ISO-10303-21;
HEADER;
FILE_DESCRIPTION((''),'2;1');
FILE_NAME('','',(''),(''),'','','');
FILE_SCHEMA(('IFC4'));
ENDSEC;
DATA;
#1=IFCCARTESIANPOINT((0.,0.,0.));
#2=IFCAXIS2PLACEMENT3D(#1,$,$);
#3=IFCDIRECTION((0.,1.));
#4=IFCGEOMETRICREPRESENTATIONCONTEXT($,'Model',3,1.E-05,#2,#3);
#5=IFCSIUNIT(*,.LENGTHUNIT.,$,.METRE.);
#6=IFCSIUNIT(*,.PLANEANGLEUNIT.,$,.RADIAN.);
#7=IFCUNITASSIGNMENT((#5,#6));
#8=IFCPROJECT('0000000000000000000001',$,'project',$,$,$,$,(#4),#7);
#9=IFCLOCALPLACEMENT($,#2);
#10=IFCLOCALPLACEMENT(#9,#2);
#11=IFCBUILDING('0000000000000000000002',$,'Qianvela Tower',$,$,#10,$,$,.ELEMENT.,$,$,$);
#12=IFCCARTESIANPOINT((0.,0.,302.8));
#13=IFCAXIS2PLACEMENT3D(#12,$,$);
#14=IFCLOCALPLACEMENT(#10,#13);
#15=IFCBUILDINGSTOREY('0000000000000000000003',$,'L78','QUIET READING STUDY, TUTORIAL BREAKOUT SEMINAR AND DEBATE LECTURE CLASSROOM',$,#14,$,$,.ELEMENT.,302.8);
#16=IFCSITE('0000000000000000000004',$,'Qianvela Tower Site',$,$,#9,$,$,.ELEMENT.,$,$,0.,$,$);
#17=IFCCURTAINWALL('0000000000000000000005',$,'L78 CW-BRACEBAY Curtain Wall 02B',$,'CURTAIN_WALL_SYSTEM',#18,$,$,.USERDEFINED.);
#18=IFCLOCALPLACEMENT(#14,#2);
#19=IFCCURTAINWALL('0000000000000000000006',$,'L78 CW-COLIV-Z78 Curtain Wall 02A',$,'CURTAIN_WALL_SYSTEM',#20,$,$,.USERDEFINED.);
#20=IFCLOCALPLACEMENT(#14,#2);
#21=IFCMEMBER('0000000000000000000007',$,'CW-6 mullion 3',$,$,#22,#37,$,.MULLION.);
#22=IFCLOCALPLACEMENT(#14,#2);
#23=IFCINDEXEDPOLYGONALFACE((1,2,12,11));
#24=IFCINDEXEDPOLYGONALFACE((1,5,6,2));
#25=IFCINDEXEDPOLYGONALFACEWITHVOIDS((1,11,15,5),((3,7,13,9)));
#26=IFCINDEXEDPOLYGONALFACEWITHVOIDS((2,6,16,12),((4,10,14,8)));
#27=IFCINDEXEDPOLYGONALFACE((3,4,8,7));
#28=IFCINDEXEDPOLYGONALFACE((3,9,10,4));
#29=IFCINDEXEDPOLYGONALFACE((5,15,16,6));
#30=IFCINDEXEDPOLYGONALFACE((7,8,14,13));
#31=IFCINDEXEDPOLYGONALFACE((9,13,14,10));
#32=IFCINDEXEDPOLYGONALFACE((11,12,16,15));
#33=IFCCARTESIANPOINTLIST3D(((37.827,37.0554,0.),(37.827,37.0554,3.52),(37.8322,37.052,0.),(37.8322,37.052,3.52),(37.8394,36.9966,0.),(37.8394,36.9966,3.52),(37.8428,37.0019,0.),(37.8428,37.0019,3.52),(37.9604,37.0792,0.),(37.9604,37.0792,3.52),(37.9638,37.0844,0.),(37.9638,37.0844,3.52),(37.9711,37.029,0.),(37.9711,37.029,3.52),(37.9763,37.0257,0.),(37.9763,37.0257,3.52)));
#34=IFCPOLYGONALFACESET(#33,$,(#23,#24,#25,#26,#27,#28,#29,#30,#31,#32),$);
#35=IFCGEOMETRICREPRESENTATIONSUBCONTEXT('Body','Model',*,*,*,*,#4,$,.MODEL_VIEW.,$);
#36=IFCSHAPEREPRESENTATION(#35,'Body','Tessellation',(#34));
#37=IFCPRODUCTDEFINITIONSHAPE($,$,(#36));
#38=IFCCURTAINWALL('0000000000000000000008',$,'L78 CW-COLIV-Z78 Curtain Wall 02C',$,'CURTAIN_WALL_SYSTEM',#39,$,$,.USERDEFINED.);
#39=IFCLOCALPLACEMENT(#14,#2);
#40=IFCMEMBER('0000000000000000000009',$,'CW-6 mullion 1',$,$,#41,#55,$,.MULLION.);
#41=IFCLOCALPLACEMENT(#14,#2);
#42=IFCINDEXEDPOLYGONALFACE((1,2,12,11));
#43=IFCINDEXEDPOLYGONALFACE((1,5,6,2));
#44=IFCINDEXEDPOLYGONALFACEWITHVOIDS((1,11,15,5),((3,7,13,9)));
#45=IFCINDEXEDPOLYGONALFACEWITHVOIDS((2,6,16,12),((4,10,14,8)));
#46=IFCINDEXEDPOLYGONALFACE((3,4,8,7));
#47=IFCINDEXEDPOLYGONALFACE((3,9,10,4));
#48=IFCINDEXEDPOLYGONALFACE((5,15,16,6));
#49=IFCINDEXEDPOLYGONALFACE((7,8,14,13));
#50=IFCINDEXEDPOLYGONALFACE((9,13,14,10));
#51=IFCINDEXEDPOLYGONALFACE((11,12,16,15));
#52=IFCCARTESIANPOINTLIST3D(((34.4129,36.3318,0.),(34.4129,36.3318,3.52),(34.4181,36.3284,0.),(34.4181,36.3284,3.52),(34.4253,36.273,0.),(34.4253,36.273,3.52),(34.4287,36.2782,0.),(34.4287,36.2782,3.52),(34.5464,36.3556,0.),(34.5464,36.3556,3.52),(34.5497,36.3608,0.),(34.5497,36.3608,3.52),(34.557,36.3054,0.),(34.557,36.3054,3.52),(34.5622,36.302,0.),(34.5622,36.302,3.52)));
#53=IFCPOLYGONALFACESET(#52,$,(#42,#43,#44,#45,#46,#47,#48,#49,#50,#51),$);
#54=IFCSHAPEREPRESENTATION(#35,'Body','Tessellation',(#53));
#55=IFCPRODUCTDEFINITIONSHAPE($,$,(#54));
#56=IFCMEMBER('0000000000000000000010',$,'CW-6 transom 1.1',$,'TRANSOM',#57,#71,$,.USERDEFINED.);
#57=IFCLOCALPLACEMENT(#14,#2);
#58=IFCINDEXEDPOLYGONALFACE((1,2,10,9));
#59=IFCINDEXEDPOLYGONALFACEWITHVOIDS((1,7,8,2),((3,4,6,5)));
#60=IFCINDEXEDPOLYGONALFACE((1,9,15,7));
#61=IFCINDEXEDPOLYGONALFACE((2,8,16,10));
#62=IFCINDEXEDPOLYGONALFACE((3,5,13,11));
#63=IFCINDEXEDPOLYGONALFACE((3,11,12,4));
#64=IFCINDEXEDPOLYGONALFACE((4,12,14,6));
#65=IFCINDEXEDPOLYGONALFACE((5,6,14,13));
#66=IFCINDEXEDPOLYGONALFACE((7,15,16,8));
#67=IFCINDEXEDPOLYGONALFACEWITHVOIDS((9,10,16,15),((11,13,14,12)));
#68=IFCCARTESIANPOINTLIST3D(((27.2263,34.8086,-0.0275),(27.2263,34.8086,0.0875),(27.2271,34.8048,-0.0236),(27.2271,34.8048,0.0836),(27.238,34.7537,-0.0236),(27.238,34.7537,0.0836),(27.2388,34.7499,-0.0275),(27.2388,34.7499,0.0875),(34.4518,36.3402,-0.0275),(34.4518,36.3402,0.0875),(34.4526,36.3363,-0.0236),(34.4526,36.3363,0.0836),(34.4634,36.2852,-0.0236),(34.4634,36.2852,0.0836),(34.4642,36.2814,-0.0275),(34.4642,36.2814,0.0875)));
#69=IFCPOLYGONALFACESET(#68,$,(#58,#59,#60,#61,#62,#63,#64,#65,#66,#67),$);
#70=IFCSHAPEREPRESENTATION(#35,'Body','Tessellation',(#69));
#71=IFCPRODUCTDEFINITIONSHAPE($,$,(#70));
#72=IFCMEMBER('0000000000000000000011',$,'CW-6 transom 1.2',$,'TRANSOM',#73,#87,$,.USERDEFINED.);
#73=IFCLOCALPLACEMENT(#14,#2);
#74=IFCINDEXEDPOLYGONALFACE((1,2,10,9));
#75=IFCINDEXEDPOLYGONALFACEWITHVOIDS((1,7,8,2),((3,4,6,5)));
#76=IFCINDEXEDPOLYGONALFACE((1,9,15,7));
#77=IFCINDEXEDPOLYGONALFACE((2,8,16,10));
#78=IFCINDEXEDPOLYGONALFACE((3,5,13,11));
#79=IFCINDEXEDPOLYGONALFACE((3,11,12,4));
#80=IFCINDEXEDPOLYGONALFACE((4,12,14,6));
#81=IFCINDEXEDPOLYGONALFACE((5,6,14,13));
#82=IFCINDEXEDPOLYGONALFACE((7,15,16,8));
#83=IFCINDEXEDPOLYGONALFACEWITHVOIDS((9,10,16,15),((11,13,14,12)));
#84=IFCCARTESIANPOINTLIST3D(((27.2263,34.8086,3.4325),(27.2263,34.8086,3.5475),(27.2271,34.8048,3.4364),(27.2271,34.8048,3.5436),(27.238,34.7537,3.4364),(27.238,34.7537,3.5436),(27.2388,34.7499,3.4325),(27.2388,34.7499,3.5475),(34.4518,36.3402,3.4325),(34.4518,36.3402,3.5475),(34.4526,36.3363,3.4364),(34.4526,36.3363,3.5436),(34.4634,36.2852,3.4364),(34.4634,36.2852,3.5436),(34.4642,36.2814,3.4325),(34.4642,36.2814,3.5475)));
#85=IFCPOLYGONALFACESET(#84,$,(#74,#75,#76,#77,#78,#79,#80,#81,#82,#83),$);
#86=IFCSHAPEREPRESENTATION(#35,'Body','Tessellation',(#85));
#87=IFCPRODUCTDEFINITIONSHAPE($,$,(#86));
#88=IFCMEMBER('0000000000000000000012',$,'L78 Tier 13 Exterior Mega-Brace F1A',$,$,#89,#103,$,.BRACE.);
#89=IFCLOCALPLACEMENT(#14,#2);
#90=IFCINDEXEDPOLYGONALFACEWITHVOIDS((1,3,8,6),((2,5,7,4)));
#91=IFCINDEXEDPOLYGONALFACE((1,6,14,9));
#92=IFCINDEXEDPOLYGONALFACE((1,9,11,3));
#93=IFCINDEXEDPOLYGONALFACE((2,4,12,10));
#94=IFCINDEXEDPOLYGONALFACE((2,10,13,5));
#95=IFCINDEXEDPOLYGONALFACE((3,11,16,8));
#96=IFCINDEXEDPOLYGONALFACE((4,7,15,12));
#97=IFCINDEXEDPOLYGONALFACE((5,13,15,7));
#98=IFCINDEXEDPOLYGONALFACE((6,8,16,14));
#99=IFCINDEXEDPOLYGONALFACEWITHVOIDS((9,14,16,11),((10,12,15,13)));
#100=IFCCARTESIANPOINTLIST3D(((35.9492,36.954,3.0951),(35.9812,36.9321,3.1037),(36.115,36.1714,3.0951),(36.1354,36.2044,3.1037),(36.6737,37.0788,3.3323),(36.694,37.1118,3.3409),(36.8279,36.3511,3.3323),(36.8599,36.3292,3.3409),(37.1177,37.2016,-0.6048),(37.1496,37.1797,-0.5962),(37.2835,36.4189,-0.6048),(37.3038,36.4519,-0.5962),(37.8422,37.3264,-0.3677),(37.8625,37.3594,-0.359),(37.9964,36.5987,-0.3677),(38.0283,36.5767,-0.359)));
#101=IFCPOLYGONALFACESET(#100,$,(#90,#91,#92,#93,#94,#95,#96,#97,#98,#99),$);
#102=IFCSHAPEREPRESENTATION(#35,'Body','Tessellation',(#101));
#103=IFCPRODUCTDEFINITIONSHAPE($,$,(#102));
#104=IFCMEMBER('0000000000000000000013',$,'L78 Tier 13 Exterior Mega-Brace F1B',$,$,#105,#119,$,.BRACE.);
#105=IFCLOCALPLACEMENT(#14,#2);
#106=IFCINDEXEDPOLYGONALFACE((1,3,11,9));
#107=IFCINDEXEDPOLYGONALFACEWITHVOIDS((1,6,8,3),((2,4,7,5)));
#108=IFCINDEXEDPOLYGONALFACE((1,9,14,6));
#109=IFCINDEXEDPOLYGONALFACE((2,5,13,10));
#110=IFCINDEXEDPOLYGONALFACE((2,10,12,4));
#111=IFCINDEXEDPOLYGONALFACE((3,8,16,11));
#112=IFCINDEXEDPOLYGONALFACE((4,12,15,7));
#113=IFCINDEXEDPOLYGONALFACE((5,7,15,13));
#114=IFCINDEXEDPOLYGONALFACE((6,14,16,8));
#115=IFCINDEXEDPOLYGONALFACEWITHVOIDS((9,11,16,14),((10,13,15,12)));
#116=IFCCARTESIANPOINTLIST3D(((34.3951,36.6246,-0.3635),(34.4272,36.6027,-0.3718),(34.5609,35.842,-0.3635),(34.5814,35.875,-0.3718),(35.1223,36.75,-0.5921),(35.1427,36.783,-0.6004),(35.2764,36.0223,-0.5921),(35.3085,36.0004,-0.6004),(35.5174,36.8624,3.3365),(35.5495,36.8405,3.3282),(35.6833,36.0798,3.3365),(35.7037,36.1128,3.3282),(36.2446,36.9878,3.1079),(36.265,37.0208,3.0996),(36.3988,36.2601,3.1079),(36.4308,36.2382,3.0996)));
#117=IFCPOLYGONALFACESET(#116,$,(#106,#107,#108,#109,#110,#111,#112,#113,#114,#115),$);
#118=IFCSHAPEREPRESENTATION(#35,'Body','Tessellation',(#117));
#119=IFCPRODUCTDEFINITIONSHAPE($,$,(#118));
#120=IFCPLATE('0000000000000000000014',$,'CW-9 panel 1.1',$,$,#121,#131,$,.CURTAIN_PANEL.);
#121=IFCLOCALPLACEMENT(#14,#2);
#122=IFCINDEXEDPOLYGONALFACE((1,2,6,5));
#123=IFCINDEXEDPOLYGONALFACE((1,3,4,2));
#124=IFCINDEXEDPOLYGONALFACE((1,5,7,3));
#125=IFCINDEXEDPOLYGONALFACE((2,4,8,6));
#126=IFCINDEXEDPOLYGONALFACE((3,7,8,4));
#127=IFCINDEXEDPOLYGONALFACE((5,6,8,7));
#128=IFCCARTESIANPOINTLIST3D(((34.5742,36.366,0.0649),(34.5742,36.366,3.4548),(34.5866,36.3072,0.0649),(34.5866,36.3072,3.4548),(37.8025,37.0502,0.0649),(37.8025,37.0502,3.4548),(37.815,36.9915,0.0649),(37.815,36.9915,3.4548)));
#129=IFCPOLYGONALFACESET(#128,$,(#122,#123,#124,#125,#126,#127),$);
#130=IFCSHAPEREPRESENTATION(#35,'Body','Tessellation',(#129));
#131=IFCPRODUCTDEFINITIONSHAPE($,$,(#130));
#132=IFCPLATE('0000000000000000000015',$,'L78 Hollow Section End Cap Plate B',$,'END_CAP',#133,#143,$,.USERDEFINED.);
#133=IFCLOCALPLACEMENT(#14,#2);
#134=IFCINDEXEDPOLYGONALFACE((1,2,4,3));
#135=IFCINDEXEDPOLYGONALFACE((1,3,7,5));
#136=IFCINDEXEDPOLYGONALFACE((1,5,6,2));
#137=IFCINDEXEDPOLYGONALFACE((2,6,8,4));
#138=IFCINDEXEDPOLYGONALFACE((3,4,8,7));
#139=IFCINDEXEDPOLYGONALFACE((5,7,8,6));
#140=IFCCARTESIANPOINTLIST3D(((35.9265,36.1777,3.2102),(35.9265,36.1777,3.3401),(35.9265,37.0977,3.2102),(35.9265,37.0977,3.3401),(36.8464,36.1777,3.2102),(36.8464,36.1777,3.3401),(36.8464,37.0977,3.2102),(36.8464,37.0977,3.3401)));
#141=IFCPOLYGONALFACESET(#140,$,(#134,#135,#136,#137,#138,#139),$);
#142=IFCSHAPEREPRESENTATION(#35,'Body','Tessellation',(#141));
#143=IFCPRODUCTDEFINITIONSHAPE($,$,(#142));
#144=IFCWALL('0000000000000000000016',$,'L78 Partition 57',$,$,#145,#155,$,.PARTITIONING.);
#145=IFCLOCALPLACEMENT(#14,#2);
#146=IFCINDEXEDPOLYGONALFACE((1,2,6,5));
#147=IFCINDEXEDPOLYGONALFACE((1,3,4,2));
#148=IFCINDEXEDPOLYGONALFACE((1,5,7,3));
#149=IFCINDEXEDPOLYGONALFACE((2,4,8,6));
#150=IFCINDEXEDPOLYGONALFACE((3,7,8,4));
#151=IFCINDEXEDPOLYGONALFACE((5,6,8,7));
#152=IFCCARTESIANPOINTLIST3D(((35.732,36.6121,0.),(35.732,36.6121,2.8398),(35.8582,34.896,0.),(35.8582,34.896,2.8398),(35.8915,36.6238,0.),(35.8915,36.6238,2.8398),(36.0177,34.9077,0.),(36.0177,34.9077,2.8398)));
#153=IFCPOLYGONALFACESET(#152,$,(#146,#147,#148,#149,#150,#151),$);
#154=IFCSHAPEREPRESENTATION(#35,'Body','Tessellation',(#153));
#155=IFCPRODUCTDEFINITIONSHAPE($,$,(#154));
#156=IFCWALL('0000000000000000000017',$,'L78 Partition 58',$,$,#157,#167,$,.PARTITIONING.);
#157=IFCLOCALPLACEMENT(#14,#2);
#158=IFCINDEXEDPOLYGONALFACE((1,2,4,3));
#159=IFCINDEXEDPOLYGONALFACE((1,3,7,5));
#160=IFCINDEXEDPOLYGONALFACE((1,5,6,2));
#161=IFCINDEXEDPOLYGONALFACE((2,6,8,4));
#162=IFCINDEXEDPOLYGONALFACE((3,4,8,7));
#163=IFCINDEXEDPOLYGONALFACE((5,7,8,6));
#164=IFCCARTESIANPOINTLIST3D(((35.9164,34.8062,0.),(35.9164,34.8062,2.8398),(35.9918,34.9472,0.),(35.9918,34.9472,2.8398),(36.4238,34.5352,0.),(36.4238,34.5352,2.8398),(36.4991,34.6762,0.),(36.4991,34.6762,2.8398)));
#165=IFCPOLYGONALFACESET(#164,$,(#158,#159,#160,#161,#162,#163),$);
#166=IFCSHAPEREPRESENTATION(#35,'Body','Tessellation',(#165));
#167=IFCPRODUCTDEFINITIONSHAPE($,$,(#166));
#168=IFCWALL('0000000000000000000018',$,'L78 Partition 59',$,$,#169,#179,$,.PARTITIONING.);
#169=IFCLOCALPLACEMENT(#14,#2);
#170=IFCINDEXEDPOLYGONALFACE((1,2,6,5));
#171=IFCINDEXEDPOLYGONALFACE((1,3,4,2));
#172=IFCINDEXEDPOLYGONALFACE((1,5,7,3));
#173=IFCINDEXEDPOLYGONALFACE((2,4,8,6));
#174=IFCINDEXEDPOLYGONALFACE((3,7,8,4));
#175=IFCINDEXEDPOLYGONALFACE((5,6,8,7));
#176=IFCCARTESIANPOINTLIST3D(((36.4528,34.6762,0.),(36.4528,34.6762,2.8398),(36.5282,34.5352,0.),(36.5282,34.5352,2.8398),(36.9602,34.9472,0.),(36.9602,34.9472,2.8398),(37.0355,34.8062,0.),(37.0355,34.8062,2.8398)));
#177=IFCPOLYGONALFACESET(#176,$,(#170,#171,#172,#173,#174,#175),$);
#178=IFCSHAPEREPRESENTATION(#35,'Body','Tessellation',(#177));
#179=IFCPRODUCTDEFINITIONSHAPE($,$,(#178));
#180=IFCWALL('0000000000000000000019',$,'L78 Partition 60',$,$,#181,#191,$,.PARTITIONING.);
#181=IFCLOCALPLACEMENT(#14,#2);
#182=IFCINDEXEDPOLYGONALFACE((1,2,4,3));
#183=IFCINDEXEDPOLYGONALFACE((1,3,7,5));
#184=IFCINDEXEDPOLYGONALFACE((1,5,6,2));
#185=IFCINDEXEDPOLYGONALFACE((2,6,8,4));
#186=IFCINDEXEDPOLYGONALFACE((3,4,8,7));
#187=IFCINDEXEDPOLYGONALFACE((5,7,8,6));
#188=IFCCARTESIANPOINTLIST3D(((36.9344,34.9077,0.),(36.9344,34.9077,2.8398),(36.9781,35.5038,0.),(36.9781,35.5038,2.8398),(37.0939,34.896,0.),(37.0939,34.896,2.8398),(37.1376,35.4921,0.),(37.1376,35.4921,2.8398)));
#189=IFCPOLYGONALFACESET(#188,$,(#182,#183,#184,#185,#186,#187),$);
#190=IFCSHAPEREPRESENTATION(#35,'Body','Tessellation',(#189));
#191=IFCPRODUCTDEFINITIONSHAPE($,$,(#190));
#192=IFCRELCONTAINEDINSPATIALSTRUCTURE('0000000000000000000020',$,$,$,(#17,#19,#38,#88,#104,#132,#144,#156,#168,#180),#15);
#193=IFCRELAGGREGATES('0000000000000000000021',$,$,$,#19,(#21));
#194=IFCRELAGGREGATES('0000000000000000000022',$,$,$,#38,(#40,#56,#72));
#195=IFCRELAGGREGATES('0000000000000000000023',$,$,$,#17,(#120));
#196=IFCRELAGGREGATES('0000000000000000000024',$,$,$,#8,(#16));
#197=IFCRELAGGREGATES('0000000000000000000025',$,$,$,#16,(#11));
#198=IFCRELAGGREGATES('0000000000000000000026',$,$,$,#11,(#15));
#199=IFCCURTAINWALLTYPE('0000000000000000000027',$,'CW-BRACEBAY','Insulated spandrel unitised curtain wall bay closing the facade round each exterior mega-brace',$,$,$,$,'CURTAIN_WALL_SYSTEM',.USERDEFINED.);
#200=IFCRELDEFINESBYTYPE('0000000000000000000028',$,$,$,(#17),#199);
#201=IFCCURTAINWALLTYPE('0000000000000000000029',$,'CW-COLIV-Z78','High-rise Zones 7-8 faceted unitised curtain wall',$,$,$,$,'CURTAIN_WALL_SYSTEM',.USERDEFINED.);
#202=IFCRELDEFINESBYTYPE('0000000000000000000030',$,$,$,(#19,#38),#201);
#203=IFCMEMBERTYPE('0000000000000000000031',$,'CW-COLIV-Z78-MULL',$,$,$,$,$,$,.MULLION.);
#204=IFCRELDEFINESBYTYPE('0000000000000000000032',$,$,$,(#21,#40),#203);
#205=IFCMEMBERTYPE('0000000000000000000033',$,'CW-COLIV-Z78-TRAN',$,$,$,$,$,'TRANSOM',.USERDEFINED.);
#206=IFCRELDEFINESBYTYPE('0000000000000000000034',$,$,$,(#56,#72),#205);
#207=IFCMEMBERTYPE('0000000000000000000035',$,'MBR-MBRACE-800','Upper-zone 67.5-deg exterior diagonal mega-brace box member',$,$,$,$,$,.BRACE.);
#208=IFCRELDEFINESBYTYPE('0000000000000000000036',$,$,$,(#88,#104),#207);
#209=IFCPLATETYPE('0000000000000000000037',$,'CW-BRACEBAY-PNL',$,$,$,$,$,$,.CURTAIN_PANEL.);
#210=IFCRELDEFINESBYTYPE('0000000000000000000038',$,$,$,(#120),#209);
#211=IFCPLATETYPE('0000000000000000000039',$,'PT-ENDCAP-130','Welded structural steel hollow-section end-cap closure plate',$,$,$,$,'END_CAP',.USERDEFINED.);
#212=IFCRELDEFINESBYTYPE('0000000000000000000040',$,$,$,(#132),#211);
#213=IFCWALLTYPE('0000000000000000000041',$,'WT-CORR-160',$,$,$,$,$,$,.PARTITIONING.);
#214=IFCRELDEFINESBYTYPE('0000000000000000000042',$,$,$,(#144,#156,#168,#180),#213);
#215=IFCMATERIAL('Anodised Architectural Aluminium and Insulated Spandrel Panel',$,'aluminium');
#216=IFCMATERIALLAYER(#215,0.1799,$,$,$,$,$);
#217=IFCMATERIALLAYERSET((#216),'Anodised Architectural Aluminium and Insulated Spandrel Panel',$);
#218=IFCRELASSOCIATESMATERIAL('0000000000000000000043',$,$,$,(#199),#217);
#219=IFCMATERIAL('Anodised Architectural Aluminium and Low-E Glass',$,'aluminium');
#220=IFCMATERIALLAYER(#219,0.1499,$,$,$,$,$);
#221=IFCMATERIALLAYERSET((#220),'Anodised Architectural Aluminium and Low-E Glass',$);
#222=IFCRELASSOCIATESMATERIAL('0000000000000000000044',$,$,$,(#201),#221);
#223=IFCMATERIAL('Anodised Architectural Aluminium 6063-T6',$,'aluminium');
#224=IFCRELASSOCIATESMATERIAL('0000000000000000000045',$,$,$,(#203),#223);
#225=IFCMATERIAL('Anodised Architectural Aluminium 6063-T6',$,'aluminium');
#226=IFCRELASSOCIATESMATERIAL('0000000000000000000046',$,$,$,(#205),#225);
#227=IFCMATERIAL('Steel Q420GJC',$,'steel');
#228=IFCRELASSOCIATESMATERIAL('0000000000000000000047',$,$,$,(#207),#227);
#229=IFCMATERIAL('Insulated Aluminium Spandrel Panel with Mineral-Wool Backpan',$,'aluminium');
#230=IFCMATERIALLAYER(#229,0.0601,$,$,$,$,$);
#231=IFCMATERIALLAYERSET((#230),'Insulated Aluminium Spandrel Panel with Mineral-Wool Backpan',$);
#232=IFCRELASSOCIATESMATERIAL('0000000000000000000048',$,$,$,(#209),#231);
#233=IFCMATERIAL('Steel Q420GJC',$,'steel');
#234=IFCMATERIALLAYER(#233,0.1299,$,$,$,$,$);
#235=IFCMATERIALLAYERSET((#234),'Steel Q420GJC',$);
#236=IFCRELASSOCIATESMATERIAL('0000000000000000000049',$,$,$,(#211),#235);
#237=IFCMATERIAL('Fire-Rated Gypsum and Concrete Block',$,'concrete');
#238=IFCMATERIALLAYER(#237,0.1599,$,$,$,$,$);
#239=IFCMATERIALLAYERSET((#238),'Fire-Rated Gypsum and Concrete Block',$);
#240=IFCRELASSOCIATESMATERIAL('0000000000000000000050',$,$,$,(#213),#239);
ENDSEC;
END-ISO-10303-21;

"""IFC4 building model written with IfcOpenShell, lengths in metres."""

from ifc_helpers import new_model, si_unit, direction, frame, frame_2d, origin, origin_2d, place, context, subcontext, project, spatial, rectangle, hollow_rectangle, extrude, material, layer, layer_set, material_profile, profile_set, type_object, element, aggregate, save


model = new_model("IFC4")

# Units and contexts
model_context = context("Model", 3, precision=1e-05, world=origin(), true_north=direction((0.0, 1.0)))
body_context = subcontext(model_context, "Body", "Model", "MODEL_VIEW")
ifc_project = project(units=[si_unit("LENGTHUNIT", "METRE"), si_unit("PLANEANGLEUNIT", "RADIAN")], contexts=[model_context])

# Site, building, storey
site_placement = place(None, origin())
site = spatial("IfcSite", under=ifc_project, at=site_placement, Name="Qianvela Tower Site", CompositionType="ELEMENT", RefElevation=0.0)
building_placement = place(site_placement, origin())
building = spatial("IfcBuilding", under=site, at=building_placement, Name="Qianvela Tower", CompositionType="ELEMENT")
storey_placement = place(building_placement, frame((0.0, 0.0, 302.8)))
storey = spatial("IfcBuildingStorey", under=building, at=storey_placement, Name="L78", Description="QUIET READING STUDY, TUTORIAL BREAKOUT SEMINAR AND DEBATE LECTURE CLASSROOM", CompositionType="ELEMENT", Elevation=302.8)

# Curtain wall
ifc_material_1 = material(Name="Anodised Architectural Aluminium and Insulated Spandrel Panel", Category="aluminium")
ifc_layer_1 = layer(ifc_material_1, 0.1799)
ifc_layer_set_1 = layer_set([ifc_layer_1], Name="Anodised Architectural Aluminium and Insulated Spandrel Panel")
curtain_wall_type_1 = type_object("IfcCurtainWallType", Name="CW-BRACEBAY", Description="Insulated spandrel unitised curtain wall bay closing the facade round each exterior mega-brace", ElementType="CURTAIN_WALL_SYSTEM", PredefinedType="USERDEFINED", material=ifc_layer_set_1)
curtain_wall_1_placement = place(storey_placement, origin())
curtain_wall_1 = element("IfcCurtainWall", 1, at=curtain_wall_1_placement, inside=storey, type_object=curtain_wall_type_1, Name="L78 CW-BRACEBAY Curtain Wall 02B", ObjectType="CURTAIN_WALL_SYSTEM", PredefinedType="USERDEFINED")

# Curtain wall, member
ifc_material_2 = material(Name="Anodised Architectural Aluminium and Low-E Glass", Category="aluminium")
ifc_layer_2 = layer(ifc_material_2, 0.1499)
ifc_layer_set_2 = layer_set([ifc_layer_2], Name="Anodised Architectural Aluminium and Low-E Glass")
curtain_wall_type_2 = type_object("IfcCurtainWallType", Name="CW-COLIV-Z78", Description="High-rise Zones 7-8 faceted unitised curtain wall", ElementType="CURTAIN_WALL_SYSTEM", PredefinedType="USERDEFINED", material=ifc_layer_set_2)
curtain_wall_2_placement = place(storey_placement, origin())
curtain_wall_2 = element("IfcCurtainWall", 2, at=curtain_wall_2_placement, inside=storey, type_object=curtain_wall_type_2, Name="L78 CW-COLIV-Z78 Curtain Wall 02A", ObjectType="CURTAIN_WALL_SYSTEM", PredefinedType="USERDEFINED")
ifc_material_3 = material(Name="Anodised Architectural Aluminium 6063-T6", Category="aluminium")
ifc_material_profile_1 = material_profile(ifc_material_3, hollow_rectangle(XDim=0.0601, YDim=0.1399, WallThickness=0.0044, at=origin_2d()), Name="ALU-MULL-60x140")
ifc_profile_set_1 = profile_set([ifc_material_profile_1], Name="Anodised Architectural Aluminium 6063-T6")
member_type_1 = type_object("IfcMemberType", Name="CW-COLIV-Z78-MULL", PredefinedType="MULLION", material=ifc_profile_set_1)
member_1_placement = place(storey_placement, frame((37.9016, 37.0405, 0.0), z_axis=(0.0, 0.0, 1.0), x_axis=(0.207345, -0.978268, 0.0)))
member_1 = element("IfcMember", 3, at=member_1_placement, type_object=member_type_1, Name="CW-6 mullion 3", PredefinedType="MULLION", context=body_context, shape_type="SweptSolid", body=[
    extrude(hollow_rectangle(XDim=0.0601, YDim=0.1399, WallThickness=0.0044, at=origin_2d()), origin(), (0.0, 0.0, 1.0), 3.52),
])
aggregate(curtain_wall_2, [member_1])

# Curtain wall, members
curtain_wall_3_placement = place(storey_placement, origin())
curtain_wall_3 = element("IfcCurtainWall", 4, at=curtain_wall_3_placement, inside=storey, type_object=curtain_wall_type_2, Name="L78 CW-COLIV-Z78 Curtain Wall 02C", ObjectType="CURTAIN_WALL_SYSTEM", PredefinedType="USERDEFINED")
member_2_placement = place(storey_placement, frame((34.4875, 36.3169, 0.0), z_axis=(0.0, 0.0, 1.0), x_axis=(0.207348, -0.978267, 0.0)))
member_2 = element("IfcMember", 5, at=member_2_placement, type_object=member_type_1, Name="CW-6 mullion 1", PredefinedType="MULLION", context=body_context, shape_type="SweptSolid", body=[
    extrude(hollow_rectangle(XDim=0.0601, YDim=0.1399, WallThickness=0.0044, at=origin_2d()), origin(), (0.0, 0.0, 1.0), 3.52),
])
ifc_material_4 = material(Name="Anodised Architectural Aluminium 6063-T6", Category="aluminium")
ifc_material_profile_2 = material_profile(ifc_material_4, hollow_rectangle(XDim=0.0601, YDim=0.115, WallThickness=0.0039, at=origin_2d()), Name="ALU-TRAN-60x115")
ifc_profile_set_2 = profile_set([ifc_material_profile_2], Name="Anodised Architectural Aluminium 6063-T6")
member_type_2 = type_object("IfcMemberType", Name="CW-COLIV-Z78-TRAN", ElementType="TRANSOM", PredefinedType="USERDEFINED", material=ifc_profile_set_2)
member_3_placement = place(storey_placement, frame((34.458, 36.3108, 0.03), z_axis=(-0.978266, -0.207355, 0.0), x_axis=(0.207355, -0.978266, 0.0)))
member_3 = element("IfcMember", 6, at=member_3_placement, type_object=member_type_2, Name="CW-6 transom 1.1", ObjectType="TRANSOM", PredefinedType="USERDEFINED", context=body_context, shape_type="SweptSolid", body=[
    extrude(hollow_rectangle(XDim=0.0601, YDim=0.115, WallThickness=0.0039, at=origin_2d()), origin(), (0.0, 0.0, 1.0), 7.386),
])
member_4_placement = place(storey_placement, frame((34.458, 36.3108, 3.49), z_axis=(-0.978266, -0.207355, 0.0), x_axis=(0.207355, -0.978266, 0.0)))
member_4 = element("IfcMember", 7, at=member_4_placement, type_object=member_type_2, Name="CW-6 transom 1.2", ObjectType="TRANSOM", PredefinedType="USERDEFINED", context=body_context, shape_type="SweptSolid", body=[
    extrude(hollow_rectangle(XDim=0.0601, YDim=0.115, WallThickness=0.0039, at=origin_2d()), origin(), (0.0, 0.0, 1.0), 7.386),
])
aggregate(curtain_wall_3, [member_2, member_3, member_4])

# Members
ifc_material_5 = material(Name="Steel Q420GJC", Category="steel")
ifc_material_profile_3 = material_profile(ifc_material_5, hollow_rectangle(XDim=0.8, YDim=0.8, WallThickness=0.0281, at=origin_2d()), Name="MBOX-800x800x28")
ifc_profile_set_3 = profile_set([ifc_material_profile_3], Name="Steel Q420GJC")
member_type_3 = type_object("IfcMemberType", Name="MBR-MBRACE-800", Description="Upper-zone 67.5-deg exterior diagonal mega-brace box member", PredefinedType="BRACE", material=ifc_profile_set_3)
member_5_placement = place(storey_placement, frame((37.573, 36.8892, -0.4819), z_axis=(-0.300532, -0.063673, 0.951644), x_axis=(0.207267, -0.978284, 0.0)))
element("IfcMember", 8, at=member_5_placement, inside=storey, type_object=member_type_3, Name="L78 Tier 13 Exterior Mega-Brace F1A", PredefinedType="BRACE", context=body_context, shape_type="SweptSolid", body=[
    extrude(hollow_rectangle(XDim=0.8, YDim=0.8, WallThickness=0.0281, at=origin_2d()), origin(), (0.0, 0.0, 1.0), 3.8879),
])
member_6_placement = place(storey_placement, frame((34.8518, 36.3125, -0.4819), z_axis=(0.289725, 0.061386, 0.955139), x_axis=(-0.207276, 0.978283, 0.0)))
element("IfcMember", 9, at=member_6_placement, inside=storey, type_object=member_type_3, Name="L78 Tier 13 Exterior Mega-Brace F1B", PredefinedType="BRACE", context=body_context, shape_type="SweptSolid", body=[
    extrude(hollow_rectangle(XDim=0.8, YDim=0.8, WallThickness=0.0281, at=origin_2d()), origin(), (0.0, 0.0, 1.0), 3.8738),
])

# Plates
ifc_material_6 = material(Name="Insulated Aluminium Spandrel Panel with Mineral-Wool Backpan", Category="aluminium")
ifc_layer_3 = layer(ifc_material_6, 0.0601)
ifc_layer_set_3 = layer_set([ifc_layer_3], Name="Insulated Aluminium Spandrel Panel with Mineral-Wool Backpan")
plate_type_1 = type_object("IfcPlateType", Name="CW-BRACEBAY-PNL", PredefinedType="CURTAIN_PANEL", material=ifc_layer_set_3)
plate_1_placement = place(storey_placement, frame((36.1946, 36.6787, 0.0649), z_axis=(0.0, 0.0, 1.0), x_axis=(-0.978268, -0.207344, 0.0)))
plate_1 = element("IfcPlate", 10, at=plate_1_placement, type_object=plate_type_1, Name="CW-9 panel 1.1", PredefinedType="CURTAIN_PANEL", context=body_context, shape_type="SweptSolid", body=[
    extrude(rectangle(XDim=3.3, YDim=0.0601, at=origin_2d()), origin(), (0.0, 0.0, 1.0), 3.3899),
])
aggregate(curtain_wall_1, [plate_1])
ifc_material_7 = material(Name="Steel Q420GJC", Category="steel")
ifc_layer_4 = layer(ifc_material_7, 0.1299)
ifc_layer_set_4 = layer_set([ifc_layer_4], Name="Steel Q420GJC")
plate_type_2 = type_object("IfcPlateType", Name="PT-ENDCAP-130", Description="Welded structural steel hollow-section end-cap closure plate", ElementType="END_CAP", PredefinedType="USERDEFINED", material=ifc_layer_set_4)
plate_2_placement = place(storey_placement, frame((36.3865, 36.6377, 3.2102), z_axis=(0.0, 0.0, 1.0), x_axis=(1.0, 0.0, 0.0)))
element("IfcPlate", 11, at=plate_2_placement, inside=storey, type_object=plate_type_2, Name="L78 Hollow Section End Cap Plate B", ObjectType="END_CAP", PredefinedType="USERDEFINED", context=body_context, shape_type="SweptSolid", body=[
    extrude(rectangle(XDim=0.9199, YDim=0.9199, at=origin_2d()), origin(), (0.0, 0.0, 1.0), 0.1299),
])

# Walls
ifc_material_8 = material(Name="Fire-Rated Gypsum and Concrete Block", Category="concrete")
ifc_layer_5 = layer(ifc_material_8, 0.1599)
ifc_layer_set_5 = layer_set([ifc_layer_5], Name="Fire-Rated Gypsum and Concrete Block")
wall_type_1 = type_object("IfcWallType", Name="WT-CORR-160", PredefinedType="PARTITIONING", material=ifc_layer_set_5)
wall_1_placement = place(storey_placement, frame((35.8118, 36.6179, 0.0), z_axis=(0.0, 0.0, 1.0), x_axis=(0.073354, -0.997306, 0.0)))
element("IfcWall", 12, at=wall_1_placement, inside=storey, type_object=wall_type_1, Name="L78 Partition 57", PredefinedType="PARTITIONING", context=body_context, shape_type="SweptSolid", body=[
    extrude(rectangle(XDim=1.7207, YDim=0.1599, at=frame_2d((0.8604, 0.0))), origin(), (0.0, 0.0, 1.0), 2.8398),
])
for number, where, z_axis, x_axis, name in (
    (13, (35.9541, 34.8767, 0.0), (0.0, 0.0, 1.0), (0.882047, -0.471161, 0.0), "L78 Partition 58"),
    (14, (36.4905, 34.6057, 0.0), (0.0, 0.0, 1.0), (0.882047, 0.471161, 0.0), "L78 Partition 59"),
):
    element("IfcWall", number, at=place(storey_placement, frame(where, z_axis=z_axis, x_axis=x_axis)), inside=storey, type_object=wall_type_1, Name=name, PredefinedType="PARTITIONING", context=body_context, shape_type="SweptSolid", body=[
        extrude(rectangle(XDim=0.5752, YDim=0.1599, at=frame_2d((0.2876, 0.0))), origin(), (0.0, 0.0, 1.0), 2.8398),
    ])
wall_2_placement = place(storey_placement, frame((37.0142, 34.9019, 0.0), z_axis=(0.0, 0.0, 1.0), x_axis=(0.073134, 0.997322, 0.0)))
element("IfcWall", 15, at=wall_2_placement, inside=storey, type_object=wall_type_1, Name="L78 Partition 60", PredefinedType="PARTITIONING", context=body_context, shape_type="SweptSolid", body=[
    extrude(rectangle(XDim=0.5977, YDim=0.1599, at=frame_2d((0.2988, 0.0))), origin(), (0.0, 0.0, 1.0), 2.8398),
])

save(model, "model.ifc")
